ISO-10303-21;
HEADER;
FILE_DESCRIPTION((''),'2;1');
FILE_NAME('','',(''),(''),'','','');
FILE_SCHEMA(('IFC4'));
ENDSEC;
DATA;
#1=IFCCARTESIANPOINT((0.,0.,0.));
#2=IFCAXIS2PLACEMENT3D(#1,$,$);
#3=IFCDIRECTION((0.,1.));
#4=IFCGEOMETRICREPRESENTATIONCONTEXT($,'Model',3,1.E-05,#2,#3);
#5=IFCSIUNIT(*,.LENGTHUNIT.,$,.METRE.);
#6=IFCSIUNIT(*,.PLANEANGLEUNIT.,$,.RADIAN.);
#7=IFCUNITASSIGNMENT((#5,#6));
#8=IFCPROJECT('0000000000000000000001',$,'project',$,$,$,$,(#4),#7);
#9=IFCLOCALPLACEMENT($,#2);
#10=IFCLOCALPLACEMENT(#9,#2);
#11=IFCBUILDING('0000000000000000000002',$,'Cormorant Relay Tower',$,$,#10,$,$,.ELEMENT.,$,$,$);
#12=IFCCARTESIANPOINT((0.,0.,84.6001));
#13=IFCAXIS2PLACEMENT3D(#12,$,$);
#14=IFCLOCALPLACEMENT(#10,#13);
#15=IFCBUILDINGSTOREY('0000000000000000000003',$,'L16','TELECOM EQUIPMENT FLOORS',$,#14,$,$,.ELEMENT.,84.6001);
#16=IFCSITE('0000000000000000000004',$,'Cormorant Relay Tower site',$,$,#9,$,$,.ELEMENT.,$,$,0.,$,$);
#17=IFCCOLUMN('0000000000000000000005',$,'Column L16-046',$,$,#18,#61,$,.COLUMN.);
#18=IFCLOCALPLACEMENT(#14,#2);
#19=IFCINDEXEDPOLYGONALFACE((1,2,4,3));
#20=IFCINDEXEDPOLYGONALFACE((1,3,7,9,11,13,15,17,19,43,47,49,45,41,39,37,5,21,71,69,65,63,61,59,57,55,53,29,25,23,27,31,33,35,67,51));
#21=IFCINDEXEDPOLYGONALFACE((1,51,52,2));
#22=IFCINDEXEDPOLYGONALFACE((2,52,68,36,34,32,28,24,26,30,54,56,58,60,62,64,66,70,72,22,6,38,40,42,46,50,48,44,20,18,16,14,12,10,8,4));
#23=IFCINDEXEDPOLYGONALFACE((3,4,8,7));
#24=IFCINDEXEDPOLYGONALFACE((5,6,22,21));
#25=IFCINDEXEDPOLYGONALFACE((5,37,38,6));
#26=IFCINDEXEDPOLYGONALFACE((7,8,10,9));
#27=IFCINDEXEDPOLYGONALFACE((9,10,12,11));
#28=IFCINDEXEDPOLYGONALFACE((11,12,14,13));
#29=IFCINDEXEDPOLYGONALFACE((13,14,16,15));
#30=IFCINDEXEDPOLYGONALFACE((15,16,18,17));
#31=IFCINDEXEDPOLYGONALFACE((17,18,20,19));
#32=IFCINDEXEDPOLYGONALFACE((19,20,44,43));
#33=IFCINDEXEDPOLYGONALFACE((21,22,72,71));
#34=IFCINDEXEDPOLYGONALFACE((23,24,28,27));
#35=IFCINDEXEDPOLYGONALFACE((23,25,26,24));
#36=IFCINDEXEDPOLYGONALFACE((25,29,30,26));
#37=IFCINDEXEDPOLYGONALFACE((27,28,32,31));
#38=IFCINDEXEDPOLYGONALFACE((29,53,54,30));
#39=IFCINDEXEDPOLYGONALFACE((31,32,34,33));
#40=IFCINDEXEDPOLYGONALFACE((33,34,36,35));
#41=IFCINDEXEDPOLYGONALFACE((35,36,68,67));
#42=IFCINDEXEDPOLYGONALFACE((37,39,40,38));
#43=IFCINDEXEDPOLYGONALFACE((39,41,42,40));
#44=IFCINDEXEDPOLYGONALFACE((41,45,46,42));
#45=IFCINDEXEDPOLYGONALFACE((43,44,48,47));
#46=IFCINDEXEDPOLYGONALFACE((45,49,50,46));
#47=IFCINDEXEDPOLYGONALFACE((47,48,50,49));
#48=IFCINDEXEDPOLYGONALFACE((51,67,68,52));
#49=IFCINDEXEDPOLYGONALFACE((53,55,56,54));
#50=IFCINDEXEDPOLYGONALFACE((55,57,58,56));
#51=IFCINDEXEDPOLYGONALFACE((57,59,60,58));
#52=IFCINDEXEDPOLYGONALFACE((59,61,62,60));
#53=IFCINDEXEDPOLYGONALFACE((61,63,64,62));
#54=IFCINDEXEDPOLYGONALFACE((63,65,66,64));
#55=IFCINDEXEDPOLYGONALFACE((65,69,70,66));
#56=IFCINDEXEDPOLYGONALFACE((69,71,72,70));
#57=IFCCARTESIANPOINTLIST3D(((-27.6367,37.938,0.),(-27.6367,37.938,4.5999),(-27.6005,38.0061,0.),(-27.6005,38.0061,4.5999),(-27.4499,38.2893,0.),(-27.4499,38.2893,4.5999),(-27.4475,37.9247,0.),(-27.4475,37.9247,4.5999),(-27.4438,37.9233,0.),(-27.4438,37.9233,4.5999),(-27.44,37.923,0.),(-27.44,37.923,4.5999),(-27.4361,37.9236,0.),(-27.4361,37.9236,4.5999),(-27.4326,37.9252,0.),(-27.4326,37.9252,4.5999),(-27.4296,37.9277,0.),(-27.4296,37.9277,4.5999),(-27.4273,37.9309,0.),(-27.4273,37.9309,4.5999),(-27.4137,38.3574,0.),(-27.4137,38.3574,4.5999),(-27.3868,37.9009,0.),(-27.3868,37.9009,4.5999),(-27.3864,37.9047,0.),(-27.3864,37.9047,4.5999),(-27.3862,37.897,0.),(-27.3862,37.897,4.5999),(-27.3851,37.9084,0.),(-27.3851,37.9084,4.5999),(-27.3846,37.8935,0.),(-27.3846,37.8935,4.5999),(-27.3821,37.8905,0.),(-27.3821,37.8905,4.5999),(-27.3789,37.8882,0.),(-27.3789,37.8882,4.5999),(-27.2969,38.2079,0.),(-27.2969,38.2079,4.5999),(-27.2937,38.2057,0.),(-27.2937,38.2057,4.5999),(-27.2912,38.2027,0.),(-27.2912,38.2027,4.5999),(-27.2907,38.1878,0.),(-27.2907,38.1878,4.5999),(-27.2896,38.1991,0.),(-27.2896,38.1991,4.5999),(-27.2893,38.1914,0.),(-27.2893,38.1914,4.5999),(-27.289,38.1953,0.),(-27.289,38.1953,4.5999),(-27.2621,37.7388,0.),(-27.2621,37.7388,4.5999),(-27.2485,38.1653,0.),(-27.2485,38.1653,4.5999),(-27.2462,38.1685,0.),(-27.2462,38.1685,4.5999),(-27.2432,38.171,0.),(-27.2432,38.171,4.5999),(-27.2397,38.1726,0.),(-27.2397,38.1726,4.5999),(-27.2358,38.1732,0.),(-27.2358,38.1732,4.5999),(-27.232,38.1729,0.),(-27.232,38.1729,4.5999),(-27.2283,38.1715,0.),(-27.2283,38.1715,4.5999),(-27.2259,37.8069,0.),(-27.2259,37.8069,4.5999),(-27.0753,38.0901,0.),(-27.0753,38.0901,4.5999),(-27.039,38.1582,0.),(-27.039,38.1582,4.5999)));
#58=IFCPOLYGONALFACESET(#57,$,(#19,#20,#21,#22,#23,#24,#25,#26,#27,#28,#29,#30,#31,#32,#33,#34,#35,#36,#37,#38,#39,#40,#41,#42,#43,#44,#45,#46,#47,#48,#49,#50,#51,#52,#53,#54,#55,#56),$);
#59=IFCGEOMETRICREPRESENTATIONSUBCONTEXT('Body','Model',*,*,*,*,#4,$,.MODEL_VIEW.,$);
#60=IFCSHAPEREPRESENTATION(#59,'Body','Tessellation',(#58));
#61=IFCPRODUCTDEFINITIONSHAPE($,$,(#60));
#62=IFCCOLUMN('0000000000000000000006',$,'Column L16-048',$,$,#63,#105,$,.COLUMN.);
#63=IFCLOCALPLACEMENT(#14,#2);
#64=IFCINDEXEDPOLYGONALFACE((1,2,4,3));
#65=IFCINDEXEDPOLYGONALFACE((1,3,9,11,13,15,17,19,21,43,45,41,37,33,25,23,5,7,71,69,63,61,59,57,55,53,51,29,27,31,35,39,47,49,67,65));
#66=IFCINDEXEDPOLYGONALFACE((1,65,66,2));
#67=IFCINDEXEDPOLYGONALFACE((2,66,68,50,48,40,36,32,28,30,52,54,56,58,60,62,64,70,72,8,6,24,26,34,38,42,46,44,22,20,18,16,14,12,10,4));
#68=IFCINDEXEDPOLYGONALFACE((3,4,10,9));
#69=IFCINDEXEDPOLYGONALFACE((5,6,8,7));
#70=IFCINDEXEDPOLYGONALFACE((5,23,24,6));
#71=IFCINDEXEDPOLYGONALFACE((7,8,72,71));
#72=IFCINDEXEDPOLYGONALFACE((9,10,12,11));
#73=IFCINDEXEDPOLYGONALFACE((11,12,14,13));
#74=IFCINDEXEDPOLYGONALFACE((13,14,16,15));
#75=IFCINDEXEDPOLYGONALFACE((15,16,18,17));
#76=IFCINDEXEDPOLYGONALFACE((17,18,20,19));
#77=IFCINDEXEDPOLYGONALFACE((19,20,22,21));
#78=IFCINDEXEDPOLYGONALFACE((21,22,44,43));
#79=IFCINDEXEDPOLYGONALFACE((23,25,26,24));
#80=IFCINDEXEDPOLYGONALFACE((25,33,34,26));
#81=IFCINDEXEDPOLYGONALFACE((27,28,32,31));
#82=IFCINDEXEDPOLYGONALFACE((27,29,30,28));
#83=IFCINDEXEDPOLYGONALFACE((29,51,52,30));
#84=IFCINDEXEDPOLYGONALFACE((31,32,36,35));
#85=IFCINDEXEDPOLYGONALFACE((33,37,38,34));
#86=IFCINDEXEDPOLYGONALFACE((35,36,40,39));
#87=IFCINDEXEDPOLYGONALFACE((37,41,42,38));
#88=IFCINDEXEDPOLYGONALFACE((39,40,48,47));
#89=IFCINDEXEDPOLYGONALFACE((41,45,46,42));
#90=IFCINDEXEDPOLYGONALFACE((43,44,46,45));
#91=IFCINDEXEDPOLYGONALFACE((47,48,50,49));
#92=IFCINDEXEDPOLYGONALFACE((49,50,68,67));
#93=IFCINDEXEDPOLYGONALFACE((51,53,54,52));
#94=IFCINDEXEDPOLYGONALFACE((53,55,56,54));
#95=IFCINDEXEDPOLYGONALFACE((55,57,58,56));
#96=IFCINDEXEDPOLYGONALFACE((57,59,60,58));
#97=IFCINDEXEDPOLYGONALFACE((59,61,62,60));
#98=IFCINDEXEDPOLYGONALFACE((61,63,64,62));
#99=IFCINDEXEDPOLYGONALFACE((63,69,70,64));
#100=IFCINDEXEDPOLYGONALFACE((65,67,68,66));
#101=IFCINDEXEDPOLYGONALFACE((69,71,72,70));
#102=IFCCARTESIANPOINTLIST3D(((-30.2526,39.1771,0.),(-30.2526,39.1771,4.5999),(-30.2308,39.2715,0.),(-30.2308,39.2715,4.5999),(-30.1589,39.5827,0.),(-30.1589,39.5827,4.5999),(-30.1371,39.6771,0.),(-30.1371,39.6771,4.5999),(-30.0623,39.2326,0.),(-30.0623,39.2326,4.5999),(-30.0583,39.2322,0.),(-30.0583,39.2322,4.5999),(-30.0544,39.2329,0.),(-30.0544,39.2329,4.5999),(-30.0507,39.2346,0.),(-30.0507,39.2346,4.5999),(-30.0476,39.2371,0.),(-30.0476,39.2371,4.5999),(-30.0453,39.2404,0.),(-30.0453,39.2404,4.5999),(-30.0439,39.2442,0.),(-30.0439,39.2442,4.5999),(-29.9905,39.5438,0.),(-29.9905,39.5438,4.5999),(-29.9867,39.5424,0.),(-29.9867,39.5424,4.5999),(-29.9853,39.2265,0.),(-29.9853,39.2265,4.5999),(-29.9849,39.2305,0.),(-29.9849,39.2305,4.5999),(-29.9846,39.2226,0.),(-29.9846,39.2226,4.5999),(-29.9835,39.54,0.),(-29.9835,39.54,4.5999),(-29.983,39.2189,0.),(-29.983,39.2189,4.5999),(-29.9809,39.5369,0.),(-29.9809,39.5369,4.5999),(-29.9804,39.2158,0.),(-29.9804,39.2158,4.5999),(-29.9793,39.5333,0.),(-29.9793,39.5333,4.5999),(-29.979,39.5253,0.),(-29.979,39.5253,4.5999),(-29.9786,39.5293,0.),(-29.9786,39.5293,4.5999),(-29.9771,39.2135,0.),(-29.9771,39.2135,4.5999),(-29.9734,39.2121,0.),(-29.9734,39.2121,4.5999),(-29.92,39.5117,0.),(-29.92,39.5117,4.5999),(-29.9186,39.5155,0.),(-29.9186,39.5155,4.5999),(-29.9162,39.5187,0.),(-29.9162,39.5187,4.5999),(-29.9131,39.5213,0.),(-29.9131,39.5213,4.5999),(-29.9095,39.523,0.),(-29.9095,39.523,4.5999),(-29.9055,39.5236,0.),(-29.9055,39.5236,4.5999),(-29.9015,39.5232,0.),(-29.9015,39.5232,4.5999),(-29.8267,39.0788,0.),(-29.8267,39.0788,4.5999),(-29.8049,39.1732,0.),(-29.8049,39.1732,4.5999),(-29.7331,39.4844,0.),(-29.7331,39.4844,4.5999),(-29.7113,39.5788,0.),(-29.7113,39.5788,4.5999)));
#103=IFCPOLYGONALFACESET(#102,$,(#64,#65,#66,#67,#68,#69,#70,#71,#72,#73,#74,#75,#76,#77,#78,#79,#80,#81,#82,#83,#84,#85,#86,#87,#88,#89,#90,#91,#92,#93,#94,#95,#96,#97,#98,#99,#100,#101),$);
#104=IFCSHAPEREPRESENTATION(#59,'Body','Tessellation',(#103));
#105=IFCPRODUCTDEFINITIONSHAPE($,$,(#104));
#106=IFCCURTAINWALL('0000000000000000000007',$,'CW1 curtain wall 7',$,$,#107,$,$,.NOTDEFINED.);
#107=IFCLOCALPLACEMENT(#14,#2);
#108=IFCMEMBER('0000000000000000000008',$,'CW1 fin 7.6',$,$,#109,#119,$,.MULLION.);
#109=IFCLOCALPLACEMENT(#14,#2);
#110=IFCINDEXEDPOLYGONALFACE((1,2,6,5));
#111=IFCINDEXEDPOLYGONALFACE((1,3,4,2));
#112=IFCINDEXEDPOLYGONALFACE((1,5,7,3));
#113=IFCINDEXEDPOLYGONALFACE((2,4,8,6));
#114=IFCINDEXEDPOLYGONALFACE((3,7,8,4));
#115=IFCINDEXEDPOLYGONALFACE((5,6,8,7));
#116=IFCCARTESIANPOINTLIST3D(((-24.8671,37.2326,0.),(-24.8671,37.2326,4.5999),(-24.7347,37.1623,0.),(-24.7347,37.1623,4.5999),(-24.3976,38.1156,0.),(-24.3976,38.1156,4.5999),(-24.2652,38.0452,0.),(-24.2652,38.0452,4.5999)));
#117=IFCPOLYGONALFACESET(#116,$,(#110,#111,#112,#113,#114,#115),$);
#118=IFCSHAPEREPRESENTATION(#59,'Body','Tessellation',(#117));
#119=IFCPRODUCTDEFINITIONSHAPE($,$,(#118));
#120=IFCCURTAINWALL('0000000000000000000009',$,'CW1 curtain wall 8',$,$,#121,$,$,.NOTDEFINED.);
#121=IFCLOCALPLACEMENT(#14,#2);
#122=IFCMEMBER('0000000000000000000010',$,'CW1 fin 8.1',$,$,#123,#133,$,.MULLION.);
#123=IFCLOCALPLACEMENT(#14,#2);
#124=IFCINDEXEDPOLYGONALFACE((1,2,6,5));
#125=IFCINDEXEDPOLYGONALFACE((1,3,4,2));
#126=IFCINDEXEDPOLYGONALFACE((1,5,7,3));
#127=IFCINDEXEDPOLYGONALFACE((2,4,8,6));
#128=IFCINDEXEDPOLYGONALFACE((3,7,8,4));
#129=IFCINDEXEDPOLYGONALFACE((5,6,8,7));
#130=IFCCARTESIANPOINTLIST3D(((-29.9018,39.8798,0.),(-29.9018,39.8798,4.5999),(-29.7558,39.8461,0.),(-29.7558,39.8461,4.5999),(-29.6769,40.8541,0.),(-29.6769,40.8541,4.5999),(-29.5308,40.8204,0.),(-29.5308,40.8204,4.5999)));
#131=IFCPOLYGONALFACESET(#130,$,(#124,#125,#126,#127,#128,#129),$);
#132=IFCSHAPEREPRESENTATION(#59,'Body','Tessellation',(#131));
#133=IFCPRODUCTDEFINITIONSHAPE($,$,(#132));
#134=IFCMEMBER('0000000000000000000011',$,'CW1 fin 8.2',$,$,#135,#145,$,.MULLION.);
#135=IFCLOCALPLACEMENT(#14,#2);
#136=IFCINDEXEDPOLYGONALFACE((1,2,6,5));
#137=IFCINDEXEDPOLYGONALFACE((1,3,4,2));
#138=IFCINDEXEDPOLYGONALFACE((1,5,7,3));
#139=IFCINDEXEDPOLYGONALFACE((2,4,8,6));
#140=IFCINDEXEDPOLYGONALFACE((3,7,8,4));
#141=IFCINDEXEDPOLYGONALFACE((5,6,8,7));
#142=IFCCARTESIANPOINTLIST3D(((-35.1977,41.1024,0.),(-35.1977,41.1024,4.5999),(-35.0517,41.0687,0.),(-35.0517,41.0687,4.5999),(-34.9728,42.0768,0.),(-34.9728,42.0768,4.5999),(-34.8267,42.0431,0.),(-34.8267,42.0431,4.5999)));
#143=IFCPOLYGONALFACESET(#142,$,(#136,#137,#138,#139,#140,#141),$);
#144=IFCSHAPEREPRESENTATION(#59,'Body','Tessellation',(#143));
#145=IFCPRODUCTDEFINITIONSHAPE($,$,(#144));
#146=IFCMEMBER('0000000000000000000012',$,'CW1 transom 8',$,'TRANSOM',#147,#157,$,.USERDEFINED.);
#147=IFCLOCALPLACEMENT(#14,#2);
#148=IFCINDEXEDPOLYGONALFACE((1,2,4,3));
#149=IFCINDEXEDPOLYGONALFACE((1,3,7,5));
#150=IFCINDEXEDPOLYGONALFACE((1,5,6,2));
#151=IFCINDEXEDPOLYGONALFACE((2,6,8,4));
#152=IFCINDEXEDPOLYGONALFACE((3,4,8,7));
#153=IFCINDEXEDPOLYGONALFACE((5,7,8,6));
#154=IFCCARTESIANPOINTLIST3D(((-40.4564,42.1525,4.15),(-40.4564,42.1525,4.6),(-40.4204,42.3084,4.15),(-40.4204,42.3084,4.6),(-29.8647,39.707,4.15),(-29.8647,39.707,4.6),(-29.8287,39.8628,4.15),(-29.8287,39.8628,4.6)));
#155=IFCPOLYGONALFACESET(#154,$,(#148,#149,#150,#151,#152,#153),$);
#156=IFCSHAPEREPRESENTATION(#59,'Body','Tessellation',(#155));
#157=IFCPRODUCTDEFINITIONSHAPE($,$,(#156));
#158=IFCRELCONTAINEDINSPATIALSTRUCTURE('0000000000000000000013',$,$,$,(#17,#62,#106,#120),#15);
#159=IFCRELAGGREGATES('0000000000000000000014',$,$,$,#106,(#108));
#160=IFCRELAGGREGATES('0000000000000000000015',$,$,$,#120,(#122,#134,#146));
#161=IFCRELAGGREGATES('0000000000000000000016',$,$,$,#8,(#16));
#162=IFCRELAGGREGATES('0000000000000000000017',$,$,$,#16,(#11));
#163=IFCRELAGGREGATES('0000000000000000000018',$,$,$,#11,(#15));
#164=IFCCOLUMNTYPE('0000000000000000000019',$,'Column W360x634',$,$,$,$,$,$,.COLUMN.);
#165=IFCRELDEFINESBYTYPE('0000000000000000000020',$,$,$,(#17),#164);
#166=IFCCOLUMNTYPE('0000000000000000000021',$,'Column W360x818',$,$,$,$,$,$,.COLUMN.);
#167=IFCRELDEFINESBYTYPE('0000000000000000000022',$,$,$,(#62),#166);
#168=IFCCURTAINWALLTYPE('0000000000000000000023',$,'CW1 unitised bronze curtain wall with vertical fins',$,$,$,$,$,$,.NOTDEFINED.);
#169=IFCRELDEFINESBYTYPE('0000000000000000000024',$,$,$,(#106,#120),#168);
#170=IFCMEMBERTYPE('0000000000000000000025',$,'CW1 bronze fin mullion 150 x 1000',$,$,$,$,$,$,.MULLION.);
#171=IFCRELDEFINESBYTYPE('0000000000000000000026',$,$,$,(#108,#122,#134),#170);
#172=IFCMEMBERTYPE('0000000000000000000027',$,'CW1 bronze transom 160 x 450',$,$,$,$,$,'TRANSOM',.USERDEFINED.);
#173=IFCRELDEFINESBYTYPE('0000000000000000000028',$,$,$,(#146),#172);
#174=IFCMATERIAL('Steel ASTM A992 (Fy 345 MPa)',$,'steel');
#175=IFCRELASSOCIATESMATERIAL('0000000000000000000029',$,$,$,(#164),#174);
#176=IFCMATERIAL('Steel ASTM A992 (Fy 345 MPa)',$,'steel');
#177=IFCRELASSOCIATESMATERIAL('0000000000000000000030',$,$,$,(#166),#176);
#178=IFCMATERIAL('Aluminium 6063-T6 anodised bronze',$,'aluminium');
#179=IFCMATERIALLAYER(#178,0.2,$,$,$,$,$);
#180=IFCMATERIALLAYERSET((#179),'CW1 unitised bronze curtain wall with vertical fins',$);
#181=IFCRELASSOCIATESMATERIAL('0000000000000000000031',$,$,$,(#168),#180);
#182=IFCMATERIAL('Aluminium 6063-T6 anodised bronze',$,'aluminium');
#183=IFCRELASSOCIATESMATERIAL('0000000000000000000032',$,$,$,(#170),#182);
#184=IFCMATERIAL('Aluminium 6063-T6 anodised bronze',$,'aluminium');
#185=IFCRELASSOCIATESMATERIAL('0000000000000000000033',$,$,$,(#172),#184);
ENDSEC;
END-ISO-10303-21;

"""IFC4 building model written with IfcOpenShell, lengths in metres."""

from ifc_helpers import new_model, si_unit, direction, frame, origin, origin_2d, place, context, subcontext, project, spatial, rectangle, i_section, extrude, material, layer, layer_set, material_profile, profile_set, type_object, element, aggregate, save


model = new_model("IFC4")

# Units and contexts
model_context = context("Model", 3, precision=1e-05, world=origin(), true_north=direction((0.0, 1.0)))
body_context = subcontext(model_context, "Body", "Model", "MODEL_VIEW")
ifc_project = project(units=[si_unit("LENGTHUNIT", "METRE"), si_unit("PLANEANGLEUNIT", "RADIAN")], contexts=[model_context])

# Site, building, storey
site_placement = place(None, origin())
site = spatial("IfcSite", under=ifc_project, at=site_placement, Name="Cormorant Relay Tower site", CompositionType="ELEMENT", RefElevation=0.0)
building_placement = place(site_placement, origin())
building = spatial("IfcBuilding", under=site, at=building_placement, Name="Cormorant Relay Tower", CompositionType="ELEMENT")
storey_placement = place(building_placement, frame((0.0, 0.0, 84.6001)))
storey = spatial("IfcBuildingStorey", under=building, at=storey_placement, Name="L16", Description="TELECOM EQUIPMENT FLOORS", CompositionType="ELEMENT", Elevation=84.6001)

# Columns
ifc_material_1 = material(Name="Steel ASTM A992 (Fy 345 MPa)", Category="steel")
ifc_material_profile_1 = material_profile(ifc_material_1, i_section(OverallWidth=0.4243, OverallDepth=0.4751, WebThickness=0.0479, FlangeThickness=0.0771, FilletRadius=0.0149, at=origin_2d()), Name="W360x634")
ifc_profile_set_1 = profile_set([ifc_material_profile_1], Name="Steel ASTM A992 (Fy 345 MPa)")
column_type_1 = type_object("IfcColumnType", Name="Column W360x634", PredefinedType="COLUMN", material=ifc_profile_set_1)
column_1_placement = place(storey_placement, frame((-27.3379, 38.0481, 0.0), z_axis=(0.0, 0.0, 1.0), x_axis=(-0.882948, 0.469472, 0.0)))
element("IfcColumn", 1, at=column_1_placement, inside=storey, type_object=column_type_1, Name="Column L16-046", PredefinedType="COLUMN", context=body_context, shape_type="SweptSolid", body=[
    extrude(i_section(OverallWidth=0.4243, OverallDepth=0.4751, WebThickness=0.0479, FlangeThickness=0.0771, FilletRadius=0.0149, at=origin_2d()), origin(), (0.0, 0.0, 1.0), 4.5999),
])
ifc_material_2 = material(Name="Steel ASTM A992 (Fy 345 MPa)", Category="steel")
ifc_material_profile_2 = material_profile(ifc_material_2, i_section(OverallWidth=0.437, OverallDepth=0.5132, WebThickness=0.0605, FlangeThickness=0.0969, FilletRadius=0.0154, at=origin_2d()), Name="W360x818")
ifc_profile_set_2 = profile_set([ifc_material_profile_2], Name="Steel ASTM A992 (Fy 345 MPa)")
column_type_2 = type_object("IfcColumnType", Name="Column W360x818", PredefinedType="COLUMN", material=ifc_profile_set_2)
column_2_placement = place(storey_placement, frame((-29.9819, 39.3779, 0.0), z_axis=(0.0, 0.0, 1.0), x_axis=(-0.97437, 0.224951, 0.0)))
element("IfcColumn", 2, at=column_2_placement, inside=storey, type_object=column_type_2, Name="Column L16-048", PredefinedType="COLUMN", context=body_context, shape_type="SweptSolid", body=[
    extrude(i_section(OverallWidth=0.437, OverallDepth=0.5132, WebThickness=0.0605, FlangeThickness=0.0969, FilletRadius=0.0154, at=origin_2d()), origin(), (0.0, 0.0, 1.0), 4.5999),
])

# Curtain wall, member
ifc_material_3 = material(Name="Aluminium 6063-T6 anodised bronze", Category="aluminium")
ifc_layer_1 = layer(ifc_material_3, 0.2)
ifc_layer_set_1 = layer_set([ifc_layer_1], Name="CW1 unitised bronze curtain wall with vertical fins")
curtain_wall_type = type_object("IfcCurtainWallType", Name="CW1 unitised bronze curtain wall with vertical fins", PredefinedType="NOTDEFINED", material=ifc_layer_set_1)
curtain_wall_1_placement = place(storey_placement, origin())
curtain_wall_1 = element("IfcCurtainWall", 3, at=curtain_wall_1_placement, inside=storey, type_object=curtain_wall_type, Name="CW1 curtain wall 7", PredefinedType="NOTDEFINED")
ifc_material_4 = material(Name="Aluminium 6063-T6 anodised bronze", Category="aluminium")
ifc_material_profile_3 = material_profile(ifc_material_4, rectangle(XDim=0.1499, YDim=1.0, at=origin_2d()), Name="AL 150x1000")
ifc_profile_set_3 = profile_set([ifc_material_profile_3], Name="Aluminium 6063-T6 anodised bronze")
member_type_1 = type_object("IfcMemberType", Name="CW1 bronze fin mullion 150 x 1000", PredefinedType="MULLION", material=ifc_profile_set_3)
member_1_placement = place(storey_placement, frame((-24.5662, 37.6389, 0.0), z_axis=(0.0, 0.0, 1.0), x_axis=(-0.882948, 0.469472, 0.0)))
member_1 = element("IfcMember", 4, at=member_1_placement, type_object=member_type_1, Name="CW1 fin 7.6", PredefinedType="MULLION", context=body_context, shape_type="SweptSolid", body=[
    extrude(rectangle(XDim=0.1499, YDim=1.0, at=origin_2d()), origin(), (0.0, 0.0, 1.0), 4.5999),
])

# Curtain wall, members
curtain_wall_2_placement = place(storey_placement, origin())
curtain_wall_2 = element("IfcCurtainWall", 5, at=curtain_wall_2_placement, inside=storey, type_object=curtain_wall_type, Name="CW1 curtain wall 8", PredefinedType="NOTDEFINED")
member_2_placement = place(storey_placement, frame((-29.7163, 40.3501, 0.0), z_axis=(0.0, 0.0, 1.0), x_axis=(-0.97437, 0.224951, 0.0)))
member_2 = element("IfcMember", 6, at=member_2_placement, type_object=member_type_1, Name="CW1 fin 8.1", PredefinedType="MULLION", context=body_context, shape_type="SweptSolid", body=[
    extrude(rectangle(XDim=0.1499, YDim=1.0, at=origin_2d()), origin(), (0.0, 0.0, 1.0), 4.5999),
])
member_3_placement = place(storey_placement, frame((-35.0122, 41.5728, 0.0), z_axis=(0.0, 0.0, 1.0), x_axis=(-0.97437, 0.224951, 0.0)))
member_3 = element("IfcMember", 7, at=member_3_placement, type_object=member_type_1, Name="CW1 fin 8.2", PredefinedType="MULLION", context=body_context, shape_type="SweptSolid", body=[
    extrude(rectangle(XDim=0.1499, YDim=1.0, at=origin_2d()), origin(), (0.0, 0.0, 1.0), 4.5999),
])
ifc_material_5 = material(Name="Aluminium 6063-T6 anodised bronze", Category="aluminium")
ifc_material_profile_4 = material_profile(ifc_material_5, rectangle(XDim=0.1599, YDim=0.45, at=origin_2d()), Name="AL 160x450")
ifc_profile_set_4 = profile_set([ifc_material_profile_4], Name="Aluminium 6063-T6 anodised bronze")
member_type_2 = type_object("IfcMemberType", Name="CW1 bronze transom 160 x 450", ElementType="TRANSOM", PredefinedType="USERDEFINED", material=ifc_profile_set_4)
member_4_placement = place(storey_placement, frame((-29.8467, 39.7849, 4.375), z_axis=(-0.974365, 0.224973, 0.0), x_axis=(-0.224973, -0.974365, 0.0)))
member_4 = element("IfcMember", 8, at=member_4_placement, type_object=member_type_2, Name="CW1 transom 8", ObjectType="TRANSOM", PredefinedType="USERDEFINED", context=body_context, shape_type="SweptSolid", body=[
    extrude(rectangle(XDim=0.1599, YDim=0.45, at=origin_2d()), origin(), (0.0, 0.0, 1.0), 10.8704),
])

aggregate(curtain_wall_1, [member_1])
aggregate(curtain_wall_2, [member_2, member_3, member_4])

save(model, "model.ifc")
